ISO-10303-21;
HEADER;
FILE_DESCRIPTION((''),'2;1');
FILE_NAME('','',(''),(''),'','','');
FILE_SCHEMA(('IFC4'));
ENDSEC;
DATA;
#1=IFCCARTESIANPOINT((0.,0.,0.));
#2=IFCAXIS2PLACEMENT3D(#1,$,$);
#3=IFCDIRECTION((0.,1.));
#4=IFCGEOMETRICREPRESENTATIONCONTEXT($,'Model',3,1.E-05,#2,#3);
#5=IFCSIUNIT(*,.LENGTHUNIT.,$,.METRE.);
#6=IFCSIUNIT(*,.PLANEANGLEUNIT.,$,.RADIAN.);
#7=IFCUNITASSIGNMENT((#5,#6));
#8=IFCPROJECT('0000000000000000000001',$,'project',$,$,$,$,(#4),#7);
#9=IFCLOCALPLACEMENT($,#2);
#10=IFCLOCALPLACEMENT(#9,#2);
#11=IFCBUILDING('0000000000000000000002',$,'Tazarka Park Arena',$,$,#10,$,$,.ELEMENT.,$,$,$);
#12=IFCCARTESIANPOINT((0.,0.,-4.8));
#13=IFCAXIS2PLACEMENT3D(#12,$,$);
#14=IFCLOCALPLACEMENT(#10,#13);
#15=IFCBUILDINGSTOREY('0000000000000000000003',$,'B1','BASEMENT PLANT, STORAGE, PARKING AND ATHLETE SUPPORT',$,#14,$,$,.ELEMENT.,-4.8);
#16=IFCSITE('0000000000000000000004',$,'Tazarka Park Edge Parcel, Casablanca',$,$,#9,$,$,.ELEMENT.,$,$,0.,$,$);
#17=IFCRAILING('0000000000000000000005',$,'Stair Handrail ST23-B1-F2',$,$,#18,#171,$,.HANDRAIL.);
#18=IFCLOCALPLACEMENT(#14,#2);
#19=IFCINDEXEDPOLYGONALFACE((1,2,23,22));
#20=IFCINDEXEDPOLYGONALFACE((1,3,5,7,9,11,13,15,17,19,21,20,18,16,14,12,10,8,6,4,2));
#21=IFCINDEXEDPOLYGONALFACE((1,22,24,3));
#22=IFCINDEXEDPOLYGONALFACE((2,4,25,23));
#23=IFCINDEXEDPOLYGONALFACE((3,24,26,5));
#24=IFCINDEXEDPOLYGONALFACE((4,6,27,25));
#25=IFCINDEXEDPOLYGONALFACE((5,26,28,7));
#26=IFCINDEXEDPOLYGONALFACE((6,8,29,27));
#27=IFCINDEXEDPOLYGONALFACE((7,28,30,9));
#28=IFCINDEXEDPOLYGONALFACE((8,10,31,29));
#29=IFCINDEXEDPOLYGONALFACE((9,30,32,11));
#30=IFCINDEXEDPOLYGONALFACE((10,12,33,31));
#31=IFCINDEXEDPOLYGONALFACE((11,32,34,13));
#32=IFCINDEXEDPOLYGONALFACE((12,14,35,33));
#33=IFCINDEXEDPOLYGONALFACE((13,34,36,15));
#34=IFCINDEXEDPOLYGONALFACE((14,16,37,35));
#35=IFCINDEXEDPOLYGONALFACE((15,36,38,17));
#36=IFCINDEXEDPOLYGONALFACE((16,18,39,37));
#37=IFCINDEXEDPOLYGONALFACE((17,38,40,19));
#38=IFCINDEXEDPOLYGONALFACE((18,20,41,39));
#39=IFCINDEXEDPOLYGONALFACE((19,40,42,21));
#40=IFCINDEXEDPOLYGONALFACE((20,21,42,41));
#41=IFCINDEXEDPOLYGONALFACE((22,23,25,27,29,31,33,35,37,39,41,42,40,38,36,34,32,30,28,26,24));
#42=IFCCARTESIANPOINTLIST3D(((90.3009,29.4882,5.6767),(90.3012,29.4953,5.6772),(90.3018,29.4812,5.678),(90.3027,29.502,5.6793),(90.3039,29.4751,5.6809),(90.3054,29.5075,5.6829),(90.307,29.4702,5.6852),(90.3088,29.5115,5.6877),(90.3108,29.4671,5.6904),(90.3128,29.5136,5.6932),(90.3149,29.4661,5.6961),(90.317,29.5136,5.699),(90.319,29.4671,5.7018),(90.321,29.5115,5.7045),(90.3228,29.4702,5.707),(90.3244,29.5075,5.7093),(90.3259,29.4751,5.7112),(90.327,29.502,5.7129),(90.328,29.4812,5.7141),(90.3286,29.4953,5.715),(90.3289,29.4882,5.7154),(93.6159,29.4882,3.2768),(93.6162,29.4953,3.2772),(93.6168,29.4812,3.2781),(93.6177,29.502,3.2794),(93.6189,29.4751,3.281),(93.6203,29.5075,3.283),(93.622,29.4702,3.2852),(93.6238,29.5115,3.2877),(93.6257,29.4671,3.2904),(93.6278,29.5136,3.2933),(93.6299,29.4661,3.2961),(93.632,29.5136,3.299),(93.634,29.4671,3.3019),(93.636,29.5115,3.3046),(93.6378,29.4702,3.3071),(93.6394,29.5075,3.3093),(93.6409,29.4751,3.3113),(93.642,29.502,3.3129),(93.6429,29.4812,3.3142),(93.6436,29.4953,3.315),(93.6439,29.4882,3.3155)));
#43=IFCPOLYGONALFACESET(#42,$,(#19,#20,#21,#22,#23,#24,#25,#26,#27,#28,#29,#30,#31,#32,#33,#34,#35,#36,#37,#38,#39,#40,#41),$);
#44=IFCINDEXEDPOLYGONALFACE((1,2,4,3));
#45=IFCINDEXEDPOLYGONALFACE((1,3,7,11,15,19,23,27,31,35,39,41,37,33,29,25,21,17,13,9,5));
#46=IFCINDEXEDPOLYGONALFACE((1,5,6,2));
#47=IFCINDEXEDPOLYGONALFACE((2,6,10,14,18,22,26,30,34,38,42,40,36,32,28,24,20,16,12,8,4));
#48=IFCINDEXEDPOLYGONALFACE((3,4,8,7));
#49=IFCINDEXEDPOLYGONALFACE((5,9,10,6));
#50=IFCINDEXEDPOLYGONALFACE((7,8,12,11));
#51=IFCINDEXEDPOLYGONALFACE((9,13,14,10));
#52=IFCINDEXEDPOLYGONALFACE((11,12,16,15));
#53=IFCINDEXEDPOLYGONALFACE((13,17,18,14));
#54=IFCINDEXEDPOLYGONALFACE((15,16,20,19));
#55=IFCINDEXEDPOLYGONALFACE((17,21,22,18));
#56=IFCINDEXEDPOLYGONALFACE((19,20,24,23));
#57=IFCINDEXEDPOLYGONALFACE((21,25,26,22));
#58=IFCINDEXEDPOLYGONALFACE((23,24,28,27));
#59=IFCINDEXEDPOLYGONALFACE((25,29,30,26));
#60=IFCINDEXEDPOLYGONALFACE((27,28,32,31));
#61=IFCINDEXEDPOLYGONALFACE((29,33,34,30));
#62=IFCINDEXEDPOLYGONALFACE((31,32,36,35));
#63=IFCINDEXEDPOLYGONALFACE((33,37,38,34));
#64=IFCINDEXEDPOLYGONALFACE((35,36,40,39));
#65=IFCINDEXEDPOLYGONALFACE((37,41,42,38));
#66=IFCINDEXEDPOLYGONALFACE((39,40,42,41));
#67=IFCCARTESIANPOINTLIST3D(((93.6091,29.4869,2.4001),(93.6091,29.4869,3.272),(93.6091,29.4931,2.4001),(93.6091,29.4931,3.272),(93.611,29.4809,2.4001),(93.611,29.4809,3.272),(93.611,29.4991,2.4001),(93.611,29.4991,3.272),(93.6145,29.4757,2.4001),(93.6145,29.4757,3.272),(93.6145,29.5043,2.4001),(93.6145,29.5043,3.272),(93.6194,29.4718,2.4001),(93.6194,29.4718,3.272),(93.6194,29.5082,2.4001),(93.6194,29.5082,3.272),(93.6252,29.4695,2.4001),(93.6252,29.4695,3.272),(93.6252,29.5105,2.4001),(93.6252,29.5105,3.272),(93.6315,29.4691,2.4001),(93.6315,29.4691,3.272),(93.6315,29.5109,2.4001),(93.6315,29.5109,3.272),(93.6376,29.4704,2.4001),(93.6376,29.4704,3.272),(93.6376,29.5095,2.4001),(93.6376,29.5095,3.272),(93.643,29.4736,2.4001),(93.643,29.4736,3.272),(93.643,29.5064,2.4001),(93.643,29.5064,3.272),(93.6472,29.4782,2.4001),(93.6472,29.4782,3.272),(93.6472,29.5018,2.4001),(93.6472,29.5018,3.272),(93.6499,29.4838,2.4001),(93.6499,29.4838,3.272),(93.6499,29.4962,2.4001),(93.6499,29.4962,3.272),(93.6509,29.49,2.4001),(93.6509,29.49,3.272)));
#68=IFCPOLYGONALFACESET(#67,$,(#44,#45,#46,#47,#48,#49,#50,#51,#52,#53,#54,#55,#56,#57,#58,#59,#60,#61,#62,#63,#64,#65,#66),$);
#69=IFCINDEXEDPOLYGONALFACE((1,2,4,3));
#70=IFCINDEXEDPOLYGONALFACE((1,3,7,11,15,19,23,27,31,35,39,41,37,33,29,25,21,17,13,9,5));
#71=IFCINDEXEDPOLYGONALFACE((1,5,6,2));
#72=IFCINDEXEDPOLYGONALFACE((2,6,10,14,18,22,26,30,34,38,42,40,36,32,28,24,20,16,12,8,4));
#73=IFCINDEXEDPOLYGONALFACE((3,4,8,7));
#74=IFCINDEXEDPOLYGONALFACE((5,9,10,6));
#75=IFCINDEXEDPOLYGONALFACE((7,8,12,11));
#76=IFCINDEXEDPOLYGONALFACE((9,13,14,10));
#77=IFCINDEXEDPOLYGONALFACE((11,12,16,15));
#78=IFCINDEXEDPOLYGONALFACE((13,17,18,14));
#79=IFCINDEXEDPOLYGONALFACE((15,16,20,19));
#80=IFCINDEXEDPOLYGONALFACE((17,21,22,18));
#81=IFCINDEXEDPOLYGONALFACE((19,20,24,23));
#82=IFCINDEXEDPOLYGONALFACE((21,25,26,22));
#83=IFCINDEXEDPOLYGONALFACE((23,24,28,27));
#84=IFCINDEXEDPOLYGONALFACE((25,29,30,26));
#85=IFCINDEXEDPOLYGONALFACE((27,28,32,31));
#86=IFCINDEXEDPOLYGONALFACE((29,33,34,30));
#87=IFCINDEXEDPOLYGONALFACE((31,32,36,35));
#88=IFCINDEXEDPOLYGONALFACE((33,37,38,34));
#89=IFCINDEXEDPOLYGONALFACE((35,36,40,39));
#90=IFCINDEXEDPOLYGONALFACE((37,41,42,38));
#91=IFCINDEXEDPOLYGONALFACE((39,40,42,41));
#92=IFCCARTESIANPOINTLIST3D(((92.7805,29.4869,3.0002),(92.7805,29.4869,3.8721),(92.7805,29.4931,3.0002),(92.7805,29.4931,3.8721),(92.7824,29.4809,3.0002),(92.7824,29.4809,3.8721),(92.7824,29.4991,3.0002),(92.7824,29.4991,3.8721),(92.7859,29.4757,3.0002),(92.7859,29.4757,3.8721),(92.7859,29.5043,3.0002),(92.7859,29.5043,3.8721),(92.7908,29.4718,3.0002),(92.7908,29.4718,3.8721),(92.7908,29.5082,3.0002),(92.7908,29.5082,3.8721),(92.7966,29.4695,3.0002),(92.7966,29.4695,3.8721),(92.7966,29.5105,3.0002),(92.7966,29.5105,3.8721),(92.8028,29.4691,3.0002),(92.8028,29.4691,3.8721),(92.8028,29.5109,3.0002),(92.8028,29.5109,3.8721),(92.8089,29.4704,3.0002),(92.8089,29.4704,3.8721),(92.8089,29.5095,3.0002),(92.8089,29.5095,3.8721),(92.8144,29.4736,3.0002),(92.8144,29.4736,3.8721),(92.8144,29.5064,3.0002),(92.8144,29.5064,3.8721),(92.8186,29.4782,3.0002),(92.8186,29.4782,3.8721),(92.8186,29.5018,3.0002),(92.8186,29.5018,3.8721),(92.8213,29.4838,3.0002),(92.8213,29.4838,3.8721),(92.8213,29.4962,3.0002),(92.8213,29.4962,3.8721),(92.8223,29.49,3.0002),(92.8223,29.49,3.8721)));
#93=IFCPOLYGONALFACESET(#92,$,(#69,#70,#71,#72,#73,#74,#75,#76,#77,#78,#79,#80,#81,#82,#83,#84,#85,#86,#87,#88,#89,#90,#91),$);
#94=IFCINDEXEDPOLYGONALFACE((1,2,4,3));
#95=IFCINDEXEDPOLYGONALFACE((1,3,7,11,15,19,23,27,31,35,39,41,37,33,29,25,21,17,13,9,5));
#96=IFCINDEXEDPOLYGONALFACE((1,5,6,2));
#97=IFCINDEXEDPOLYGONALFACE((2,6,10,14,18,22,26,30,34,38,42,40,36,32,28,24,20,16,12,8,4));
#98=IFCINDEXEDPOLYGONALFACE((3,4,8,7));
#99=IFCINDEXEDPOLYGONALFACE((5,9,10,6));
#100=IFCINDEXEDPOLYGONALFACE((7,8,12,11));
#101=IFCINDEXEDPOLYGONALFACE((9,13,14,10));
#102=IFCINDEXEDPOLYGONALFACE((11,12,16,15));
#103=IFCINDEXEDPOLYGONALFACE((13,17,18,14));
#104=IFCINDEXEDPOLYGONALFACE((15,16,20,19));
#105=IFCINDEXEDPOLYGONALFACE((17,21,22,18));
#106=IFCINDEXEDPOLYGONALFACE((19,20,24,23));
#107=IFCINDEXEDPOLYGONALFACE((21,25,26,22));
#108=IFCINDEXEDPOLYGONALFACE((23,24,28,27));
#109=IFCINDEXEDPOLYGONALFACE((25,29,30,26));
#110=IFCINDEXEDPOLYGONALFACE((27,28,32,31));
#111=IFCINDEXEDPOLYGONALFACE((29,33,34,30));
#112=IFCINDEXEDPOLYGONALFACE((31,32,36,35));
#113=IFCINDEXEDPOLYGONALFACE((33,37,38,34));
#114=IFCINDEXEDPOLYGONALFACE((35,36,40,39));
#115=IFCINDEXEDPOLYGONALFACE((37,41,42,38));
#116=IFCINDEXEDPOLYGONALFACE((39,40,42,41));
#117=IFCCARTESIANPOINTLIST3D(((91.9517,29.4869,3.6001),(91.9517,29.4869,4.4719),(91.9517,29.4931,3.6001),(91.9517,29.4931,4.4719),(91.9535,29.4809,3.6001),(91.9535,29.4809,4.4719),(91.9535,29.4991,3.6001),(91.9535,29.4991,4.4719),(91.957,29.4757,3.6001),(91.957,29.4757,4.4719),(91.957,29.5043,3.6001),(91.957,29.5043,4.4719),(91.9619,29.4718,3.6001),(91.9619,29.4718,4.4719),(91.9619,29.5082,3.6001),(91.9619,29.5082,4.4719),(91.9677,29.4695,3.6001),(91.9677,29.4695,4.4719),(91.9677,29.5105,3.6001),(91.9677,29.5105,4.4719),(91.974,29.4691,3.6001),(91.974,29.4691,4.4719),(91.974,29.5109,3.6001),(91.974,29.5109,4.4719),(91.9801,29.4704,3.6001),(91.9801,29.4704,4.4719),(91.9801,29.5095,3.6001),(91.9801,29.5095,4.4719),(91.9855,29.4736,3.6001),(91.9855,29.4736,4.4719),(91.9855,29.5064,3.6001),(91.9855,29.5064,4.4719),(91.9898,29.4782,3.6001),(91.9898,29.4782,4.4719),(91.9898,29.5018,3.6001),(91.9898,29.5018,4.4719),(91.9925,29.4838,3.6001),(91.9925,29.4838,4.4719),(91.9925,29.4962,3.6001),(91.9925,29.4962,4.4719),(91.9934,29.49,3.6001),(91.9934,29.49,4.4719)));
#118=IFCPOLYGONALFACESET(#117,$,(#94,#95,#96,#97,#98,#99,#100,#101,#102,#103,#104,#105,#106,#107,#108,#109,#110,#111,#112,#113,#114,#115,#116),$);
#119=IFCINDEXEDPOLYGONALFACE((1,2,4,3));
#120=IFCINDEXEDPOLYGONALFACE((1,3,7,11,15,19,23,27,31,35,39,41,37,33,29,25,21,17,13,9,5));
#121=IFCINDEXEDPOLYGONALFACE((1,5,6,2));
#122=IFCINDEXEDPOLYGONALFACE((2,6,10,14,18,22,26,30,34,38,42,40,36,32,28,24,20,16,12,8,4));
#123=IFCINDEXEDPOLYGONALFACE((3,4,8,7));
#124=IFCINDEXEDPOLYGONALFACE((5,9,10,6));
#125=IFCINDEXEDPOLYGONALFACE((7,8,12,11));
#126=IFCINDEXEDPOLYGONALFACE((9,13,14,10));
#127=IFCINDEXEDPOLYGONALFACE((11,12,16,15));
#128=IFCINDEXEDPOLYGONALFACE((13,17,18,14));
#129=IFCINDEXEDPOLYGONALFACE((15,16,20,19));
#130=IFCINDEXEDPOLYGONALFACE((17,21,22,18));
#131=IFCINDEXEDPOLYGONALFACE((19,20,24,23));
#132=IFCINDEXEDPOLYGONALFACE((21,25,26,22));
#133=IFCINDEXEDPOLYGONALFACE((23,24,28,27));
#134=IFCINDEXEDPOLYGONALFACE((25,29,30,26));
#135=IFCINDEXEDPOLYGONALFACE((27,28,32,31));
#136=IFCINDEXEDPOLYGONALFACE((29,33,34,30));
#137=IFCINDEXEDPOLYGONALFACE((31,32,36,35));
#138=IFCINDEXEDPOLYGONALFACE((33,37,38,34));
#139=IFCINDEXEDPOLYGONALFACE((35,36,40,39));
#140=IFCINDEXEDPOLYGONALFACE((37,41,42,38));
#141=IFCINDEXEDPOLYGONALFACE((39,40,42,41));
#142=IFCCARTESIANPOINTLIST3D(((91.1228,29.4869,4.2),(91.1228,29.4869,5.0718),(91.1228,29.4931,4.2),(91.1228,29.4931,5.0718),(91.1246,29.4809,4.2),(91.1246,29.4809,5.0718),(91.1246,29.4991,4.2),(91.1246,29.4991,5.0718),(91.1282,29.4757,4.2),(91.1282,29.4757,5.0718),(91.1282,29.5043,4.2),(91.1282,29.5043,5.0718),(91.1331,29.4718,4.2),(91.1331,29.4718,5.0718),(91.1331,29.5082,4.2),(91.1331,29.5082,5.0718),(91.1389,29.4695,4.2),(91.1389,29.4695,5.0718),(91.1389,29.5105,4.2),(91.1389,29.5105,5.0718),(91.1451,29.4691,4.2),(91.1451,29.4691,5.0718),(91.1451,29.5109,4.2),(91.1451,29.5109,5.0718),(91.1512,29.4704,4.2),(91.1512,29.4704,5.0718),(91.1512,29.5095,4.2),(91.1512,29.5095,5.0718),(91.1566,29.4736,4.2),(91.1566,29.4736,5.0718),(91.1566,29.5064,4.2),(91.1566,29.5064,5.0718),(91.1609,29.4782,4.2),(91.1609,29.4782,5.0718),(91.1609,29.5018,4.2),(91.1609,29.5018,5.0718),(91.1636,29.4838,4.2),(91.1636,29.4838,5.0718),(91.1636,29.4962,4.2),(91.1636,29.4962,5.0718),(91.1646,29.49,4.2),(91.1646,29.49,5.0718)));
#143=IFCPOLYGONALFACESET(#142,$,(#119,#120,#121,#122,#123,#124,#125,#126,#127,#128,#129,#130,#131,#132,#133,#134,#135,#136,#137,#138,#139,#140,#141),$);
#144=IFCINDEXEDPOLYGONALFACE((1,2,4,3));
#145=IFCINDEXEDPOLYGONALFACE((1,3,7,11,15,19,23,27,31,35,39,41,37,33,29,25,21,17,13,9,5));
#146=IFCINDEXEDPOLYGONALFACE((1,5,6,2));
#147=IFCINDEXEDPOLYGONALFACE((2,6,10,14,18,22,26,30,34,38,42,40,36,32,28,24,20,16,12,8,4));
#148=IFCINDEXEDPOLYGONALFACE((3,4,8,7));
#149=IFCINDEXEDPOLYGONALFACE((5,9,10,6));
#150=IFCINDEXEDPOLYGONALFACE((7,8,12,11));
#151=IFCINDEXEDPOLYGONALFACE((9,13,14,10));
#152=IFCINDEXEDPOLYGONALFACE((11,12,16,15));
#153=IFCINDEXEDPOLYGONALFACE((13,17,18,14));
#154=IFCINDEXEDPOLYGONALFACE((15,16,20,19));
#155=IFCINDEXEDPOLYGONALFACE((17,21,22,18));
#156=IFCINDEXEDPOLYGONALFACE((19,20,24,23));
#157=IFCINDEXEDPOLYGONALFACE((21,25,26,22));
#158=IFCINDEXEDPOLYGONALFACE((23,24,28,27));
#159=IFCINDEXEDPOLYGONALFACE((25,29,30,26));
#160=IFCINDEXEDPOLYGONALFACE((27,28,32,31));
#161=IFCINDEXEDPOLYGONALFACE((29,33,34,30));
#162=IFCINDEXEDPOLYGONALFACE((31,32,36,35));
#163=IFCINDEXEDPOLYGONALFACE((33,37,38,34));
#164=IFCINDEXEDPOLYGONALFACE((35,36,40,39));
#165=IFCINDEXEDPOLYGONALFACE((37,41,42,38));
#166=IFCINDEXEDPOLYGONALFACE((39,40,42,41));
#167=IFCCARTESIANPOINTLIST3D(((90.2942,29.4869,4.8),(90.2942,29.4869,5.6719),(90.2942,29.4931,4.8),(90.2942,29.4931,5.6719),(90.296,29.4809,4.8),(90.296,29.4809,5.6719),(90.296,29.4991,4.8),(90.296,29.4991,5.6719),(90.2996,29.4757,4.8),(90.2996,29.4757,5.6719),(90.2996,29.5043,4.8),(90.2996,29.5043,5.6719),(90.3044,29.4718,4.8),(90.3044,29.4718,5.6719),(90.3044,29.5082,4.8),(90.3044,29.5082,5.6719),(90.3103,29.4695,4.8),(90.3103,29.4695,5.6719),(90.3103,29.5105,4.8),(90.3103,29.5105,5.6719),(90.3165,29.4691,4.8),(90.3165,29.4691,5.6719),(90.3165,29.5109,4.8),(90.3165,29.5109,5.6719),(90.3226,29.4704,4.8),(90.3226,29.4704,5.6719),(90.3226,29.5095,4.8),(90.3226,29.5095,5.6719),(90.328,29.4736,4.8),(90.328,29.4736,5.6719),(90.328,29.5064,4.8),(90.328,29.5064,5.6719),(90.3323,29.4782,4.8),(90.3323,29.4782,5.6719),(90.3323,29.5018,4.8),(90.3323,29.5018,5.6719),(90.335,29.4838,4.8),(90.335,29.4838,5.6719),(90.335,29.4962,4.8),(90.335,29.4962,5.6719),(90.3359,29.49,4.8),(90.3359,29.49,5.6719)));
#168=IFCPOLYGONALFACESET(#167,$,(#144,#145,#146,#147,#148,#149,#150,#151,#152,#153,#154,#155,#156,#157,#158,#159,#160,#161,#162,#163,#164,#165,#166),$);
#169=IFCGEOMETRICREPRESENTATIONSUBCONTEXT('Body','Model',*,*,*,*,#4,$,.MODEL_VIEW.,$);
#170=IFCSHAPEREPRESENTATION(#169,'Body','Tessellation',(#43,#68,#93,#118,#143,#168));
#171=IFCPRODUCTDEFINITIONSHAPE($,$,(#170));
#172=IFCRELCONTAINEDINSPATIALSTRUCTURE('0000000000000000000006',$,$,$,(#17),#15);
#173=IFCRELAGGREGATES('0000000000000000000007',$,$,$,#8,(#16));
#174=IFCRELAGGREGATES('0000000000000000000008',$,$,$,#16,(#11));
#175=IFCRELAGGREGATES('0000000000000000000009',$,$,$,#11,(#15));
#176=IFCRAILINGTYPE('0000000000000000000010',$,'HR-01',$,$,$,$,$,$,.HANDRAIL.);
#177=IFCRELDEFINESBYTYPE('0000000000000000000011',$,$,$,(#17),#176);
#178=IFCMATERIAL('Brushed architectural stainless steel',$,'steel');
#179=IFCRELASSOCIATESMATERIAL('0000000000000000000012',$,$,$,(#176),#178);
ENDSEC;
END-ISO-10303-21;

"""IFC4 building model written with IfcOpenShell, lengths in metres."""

from ifc_helpers import new_model, si_unit, direction, frame, origin, origin_2d, place, context, subcontext, project, spatial, circle, extrude, material, type_object, element, save


model = new_model("IFC4")

# Units and contexts
model_context = context("Model", 3, precision=1e-05, world=origin(), true_north=direction((0.0, 1.0)))
body_context = subcontext(model_context, "Body", "Model", "MODEL_VIEW")
ifc_project = project(units=[si_unit("LENGTHUNIT", "METRE"), si_unit("PLANEANGLEUNIT", "RADIAN")], contexts=[model_context])

# Site, building, storey
site_placement = place(None, origin())
site = spatial("IfcSite", under=ifc_project, at=site_placement, Name="Tazarka Park Edge Parcel, Casablanca", CompositionType="ELEMENT", RefElevation=0.0)
building_placement = place(site_placement, origin())
building = spatial("IfcBuilding", under=site, at=building_placement, Name="Tazarka Park Arena", CompositionType="ELEMENT")
storey_placement = place(building_placement, frame((0.0, 0.0, -4.8)))
storey = spatial("IfcBuildingStorey", under=building, at=storey_placement, Name="B1", Description="BASEMENT PLANT, STORAGE, PARKING AND ATHLETE SUPPORT", CompositionType="ELEMENT", Elevation=-4.8)

# Railing
ifc_material_1 = material(Name="Brushed architectural stainless steel", Category="steel")
railing_type_1 = type_object("IfcRailingType", Name="HR-01", PredefinedType="HANDRAIL", material=ifc_material_1)
railing_1_placement = place(storey_placement, frame((93.6299, 29.49, 2.4001)))
element("IfcRailing", 1, at=railing_1_placement, inside=storey, type_object=railing_type_1, Name="Stair Handrail ST23-B1-F2", PredefinedType="HANDRAIL", context=body_context, shape_type="SweptSolid", body=[
    extrude(circle(Radius=0.0239, at=origin_2d()), frame((0.0, 0.0, 0.896), z_axis=(-0.810009, 0.0, 0.586418), x_axis=(0.0, -1.0, 0.0)), (0.0, 0.0, 1.0), 4.0925),
    extrude(circle(Radius=0.021, at=origin_2d()), origin(), (0.0, 0.0, 1.0), 0.8718),
    extrude(circle(Radius=0.021, at=origin_2d()), frame((-0.8286, 0.0, 0.6001)), (0.0, 0.0, 1.0), 0.8718),
    extrude(circle(Radius=0.021, at=origin_2d()), frame((-1.6575, 0.0, 1.2)), (0.0, 0.0, 1.0), 0.8718),
    extrude(circle(Radius=0.021, at=origin_2d()), frame((-2.4863, 0.0, 1.7998)), (0.0, 0.0, 1.0), 0.8718),
    extrude(circle(Radius=0.021, at=origin_2d()), frame((-3.3149, 0.0, 2.3999)), (0.0, 0.0, 1.0), 0.8718),
])

save(model, "model.ifc")
